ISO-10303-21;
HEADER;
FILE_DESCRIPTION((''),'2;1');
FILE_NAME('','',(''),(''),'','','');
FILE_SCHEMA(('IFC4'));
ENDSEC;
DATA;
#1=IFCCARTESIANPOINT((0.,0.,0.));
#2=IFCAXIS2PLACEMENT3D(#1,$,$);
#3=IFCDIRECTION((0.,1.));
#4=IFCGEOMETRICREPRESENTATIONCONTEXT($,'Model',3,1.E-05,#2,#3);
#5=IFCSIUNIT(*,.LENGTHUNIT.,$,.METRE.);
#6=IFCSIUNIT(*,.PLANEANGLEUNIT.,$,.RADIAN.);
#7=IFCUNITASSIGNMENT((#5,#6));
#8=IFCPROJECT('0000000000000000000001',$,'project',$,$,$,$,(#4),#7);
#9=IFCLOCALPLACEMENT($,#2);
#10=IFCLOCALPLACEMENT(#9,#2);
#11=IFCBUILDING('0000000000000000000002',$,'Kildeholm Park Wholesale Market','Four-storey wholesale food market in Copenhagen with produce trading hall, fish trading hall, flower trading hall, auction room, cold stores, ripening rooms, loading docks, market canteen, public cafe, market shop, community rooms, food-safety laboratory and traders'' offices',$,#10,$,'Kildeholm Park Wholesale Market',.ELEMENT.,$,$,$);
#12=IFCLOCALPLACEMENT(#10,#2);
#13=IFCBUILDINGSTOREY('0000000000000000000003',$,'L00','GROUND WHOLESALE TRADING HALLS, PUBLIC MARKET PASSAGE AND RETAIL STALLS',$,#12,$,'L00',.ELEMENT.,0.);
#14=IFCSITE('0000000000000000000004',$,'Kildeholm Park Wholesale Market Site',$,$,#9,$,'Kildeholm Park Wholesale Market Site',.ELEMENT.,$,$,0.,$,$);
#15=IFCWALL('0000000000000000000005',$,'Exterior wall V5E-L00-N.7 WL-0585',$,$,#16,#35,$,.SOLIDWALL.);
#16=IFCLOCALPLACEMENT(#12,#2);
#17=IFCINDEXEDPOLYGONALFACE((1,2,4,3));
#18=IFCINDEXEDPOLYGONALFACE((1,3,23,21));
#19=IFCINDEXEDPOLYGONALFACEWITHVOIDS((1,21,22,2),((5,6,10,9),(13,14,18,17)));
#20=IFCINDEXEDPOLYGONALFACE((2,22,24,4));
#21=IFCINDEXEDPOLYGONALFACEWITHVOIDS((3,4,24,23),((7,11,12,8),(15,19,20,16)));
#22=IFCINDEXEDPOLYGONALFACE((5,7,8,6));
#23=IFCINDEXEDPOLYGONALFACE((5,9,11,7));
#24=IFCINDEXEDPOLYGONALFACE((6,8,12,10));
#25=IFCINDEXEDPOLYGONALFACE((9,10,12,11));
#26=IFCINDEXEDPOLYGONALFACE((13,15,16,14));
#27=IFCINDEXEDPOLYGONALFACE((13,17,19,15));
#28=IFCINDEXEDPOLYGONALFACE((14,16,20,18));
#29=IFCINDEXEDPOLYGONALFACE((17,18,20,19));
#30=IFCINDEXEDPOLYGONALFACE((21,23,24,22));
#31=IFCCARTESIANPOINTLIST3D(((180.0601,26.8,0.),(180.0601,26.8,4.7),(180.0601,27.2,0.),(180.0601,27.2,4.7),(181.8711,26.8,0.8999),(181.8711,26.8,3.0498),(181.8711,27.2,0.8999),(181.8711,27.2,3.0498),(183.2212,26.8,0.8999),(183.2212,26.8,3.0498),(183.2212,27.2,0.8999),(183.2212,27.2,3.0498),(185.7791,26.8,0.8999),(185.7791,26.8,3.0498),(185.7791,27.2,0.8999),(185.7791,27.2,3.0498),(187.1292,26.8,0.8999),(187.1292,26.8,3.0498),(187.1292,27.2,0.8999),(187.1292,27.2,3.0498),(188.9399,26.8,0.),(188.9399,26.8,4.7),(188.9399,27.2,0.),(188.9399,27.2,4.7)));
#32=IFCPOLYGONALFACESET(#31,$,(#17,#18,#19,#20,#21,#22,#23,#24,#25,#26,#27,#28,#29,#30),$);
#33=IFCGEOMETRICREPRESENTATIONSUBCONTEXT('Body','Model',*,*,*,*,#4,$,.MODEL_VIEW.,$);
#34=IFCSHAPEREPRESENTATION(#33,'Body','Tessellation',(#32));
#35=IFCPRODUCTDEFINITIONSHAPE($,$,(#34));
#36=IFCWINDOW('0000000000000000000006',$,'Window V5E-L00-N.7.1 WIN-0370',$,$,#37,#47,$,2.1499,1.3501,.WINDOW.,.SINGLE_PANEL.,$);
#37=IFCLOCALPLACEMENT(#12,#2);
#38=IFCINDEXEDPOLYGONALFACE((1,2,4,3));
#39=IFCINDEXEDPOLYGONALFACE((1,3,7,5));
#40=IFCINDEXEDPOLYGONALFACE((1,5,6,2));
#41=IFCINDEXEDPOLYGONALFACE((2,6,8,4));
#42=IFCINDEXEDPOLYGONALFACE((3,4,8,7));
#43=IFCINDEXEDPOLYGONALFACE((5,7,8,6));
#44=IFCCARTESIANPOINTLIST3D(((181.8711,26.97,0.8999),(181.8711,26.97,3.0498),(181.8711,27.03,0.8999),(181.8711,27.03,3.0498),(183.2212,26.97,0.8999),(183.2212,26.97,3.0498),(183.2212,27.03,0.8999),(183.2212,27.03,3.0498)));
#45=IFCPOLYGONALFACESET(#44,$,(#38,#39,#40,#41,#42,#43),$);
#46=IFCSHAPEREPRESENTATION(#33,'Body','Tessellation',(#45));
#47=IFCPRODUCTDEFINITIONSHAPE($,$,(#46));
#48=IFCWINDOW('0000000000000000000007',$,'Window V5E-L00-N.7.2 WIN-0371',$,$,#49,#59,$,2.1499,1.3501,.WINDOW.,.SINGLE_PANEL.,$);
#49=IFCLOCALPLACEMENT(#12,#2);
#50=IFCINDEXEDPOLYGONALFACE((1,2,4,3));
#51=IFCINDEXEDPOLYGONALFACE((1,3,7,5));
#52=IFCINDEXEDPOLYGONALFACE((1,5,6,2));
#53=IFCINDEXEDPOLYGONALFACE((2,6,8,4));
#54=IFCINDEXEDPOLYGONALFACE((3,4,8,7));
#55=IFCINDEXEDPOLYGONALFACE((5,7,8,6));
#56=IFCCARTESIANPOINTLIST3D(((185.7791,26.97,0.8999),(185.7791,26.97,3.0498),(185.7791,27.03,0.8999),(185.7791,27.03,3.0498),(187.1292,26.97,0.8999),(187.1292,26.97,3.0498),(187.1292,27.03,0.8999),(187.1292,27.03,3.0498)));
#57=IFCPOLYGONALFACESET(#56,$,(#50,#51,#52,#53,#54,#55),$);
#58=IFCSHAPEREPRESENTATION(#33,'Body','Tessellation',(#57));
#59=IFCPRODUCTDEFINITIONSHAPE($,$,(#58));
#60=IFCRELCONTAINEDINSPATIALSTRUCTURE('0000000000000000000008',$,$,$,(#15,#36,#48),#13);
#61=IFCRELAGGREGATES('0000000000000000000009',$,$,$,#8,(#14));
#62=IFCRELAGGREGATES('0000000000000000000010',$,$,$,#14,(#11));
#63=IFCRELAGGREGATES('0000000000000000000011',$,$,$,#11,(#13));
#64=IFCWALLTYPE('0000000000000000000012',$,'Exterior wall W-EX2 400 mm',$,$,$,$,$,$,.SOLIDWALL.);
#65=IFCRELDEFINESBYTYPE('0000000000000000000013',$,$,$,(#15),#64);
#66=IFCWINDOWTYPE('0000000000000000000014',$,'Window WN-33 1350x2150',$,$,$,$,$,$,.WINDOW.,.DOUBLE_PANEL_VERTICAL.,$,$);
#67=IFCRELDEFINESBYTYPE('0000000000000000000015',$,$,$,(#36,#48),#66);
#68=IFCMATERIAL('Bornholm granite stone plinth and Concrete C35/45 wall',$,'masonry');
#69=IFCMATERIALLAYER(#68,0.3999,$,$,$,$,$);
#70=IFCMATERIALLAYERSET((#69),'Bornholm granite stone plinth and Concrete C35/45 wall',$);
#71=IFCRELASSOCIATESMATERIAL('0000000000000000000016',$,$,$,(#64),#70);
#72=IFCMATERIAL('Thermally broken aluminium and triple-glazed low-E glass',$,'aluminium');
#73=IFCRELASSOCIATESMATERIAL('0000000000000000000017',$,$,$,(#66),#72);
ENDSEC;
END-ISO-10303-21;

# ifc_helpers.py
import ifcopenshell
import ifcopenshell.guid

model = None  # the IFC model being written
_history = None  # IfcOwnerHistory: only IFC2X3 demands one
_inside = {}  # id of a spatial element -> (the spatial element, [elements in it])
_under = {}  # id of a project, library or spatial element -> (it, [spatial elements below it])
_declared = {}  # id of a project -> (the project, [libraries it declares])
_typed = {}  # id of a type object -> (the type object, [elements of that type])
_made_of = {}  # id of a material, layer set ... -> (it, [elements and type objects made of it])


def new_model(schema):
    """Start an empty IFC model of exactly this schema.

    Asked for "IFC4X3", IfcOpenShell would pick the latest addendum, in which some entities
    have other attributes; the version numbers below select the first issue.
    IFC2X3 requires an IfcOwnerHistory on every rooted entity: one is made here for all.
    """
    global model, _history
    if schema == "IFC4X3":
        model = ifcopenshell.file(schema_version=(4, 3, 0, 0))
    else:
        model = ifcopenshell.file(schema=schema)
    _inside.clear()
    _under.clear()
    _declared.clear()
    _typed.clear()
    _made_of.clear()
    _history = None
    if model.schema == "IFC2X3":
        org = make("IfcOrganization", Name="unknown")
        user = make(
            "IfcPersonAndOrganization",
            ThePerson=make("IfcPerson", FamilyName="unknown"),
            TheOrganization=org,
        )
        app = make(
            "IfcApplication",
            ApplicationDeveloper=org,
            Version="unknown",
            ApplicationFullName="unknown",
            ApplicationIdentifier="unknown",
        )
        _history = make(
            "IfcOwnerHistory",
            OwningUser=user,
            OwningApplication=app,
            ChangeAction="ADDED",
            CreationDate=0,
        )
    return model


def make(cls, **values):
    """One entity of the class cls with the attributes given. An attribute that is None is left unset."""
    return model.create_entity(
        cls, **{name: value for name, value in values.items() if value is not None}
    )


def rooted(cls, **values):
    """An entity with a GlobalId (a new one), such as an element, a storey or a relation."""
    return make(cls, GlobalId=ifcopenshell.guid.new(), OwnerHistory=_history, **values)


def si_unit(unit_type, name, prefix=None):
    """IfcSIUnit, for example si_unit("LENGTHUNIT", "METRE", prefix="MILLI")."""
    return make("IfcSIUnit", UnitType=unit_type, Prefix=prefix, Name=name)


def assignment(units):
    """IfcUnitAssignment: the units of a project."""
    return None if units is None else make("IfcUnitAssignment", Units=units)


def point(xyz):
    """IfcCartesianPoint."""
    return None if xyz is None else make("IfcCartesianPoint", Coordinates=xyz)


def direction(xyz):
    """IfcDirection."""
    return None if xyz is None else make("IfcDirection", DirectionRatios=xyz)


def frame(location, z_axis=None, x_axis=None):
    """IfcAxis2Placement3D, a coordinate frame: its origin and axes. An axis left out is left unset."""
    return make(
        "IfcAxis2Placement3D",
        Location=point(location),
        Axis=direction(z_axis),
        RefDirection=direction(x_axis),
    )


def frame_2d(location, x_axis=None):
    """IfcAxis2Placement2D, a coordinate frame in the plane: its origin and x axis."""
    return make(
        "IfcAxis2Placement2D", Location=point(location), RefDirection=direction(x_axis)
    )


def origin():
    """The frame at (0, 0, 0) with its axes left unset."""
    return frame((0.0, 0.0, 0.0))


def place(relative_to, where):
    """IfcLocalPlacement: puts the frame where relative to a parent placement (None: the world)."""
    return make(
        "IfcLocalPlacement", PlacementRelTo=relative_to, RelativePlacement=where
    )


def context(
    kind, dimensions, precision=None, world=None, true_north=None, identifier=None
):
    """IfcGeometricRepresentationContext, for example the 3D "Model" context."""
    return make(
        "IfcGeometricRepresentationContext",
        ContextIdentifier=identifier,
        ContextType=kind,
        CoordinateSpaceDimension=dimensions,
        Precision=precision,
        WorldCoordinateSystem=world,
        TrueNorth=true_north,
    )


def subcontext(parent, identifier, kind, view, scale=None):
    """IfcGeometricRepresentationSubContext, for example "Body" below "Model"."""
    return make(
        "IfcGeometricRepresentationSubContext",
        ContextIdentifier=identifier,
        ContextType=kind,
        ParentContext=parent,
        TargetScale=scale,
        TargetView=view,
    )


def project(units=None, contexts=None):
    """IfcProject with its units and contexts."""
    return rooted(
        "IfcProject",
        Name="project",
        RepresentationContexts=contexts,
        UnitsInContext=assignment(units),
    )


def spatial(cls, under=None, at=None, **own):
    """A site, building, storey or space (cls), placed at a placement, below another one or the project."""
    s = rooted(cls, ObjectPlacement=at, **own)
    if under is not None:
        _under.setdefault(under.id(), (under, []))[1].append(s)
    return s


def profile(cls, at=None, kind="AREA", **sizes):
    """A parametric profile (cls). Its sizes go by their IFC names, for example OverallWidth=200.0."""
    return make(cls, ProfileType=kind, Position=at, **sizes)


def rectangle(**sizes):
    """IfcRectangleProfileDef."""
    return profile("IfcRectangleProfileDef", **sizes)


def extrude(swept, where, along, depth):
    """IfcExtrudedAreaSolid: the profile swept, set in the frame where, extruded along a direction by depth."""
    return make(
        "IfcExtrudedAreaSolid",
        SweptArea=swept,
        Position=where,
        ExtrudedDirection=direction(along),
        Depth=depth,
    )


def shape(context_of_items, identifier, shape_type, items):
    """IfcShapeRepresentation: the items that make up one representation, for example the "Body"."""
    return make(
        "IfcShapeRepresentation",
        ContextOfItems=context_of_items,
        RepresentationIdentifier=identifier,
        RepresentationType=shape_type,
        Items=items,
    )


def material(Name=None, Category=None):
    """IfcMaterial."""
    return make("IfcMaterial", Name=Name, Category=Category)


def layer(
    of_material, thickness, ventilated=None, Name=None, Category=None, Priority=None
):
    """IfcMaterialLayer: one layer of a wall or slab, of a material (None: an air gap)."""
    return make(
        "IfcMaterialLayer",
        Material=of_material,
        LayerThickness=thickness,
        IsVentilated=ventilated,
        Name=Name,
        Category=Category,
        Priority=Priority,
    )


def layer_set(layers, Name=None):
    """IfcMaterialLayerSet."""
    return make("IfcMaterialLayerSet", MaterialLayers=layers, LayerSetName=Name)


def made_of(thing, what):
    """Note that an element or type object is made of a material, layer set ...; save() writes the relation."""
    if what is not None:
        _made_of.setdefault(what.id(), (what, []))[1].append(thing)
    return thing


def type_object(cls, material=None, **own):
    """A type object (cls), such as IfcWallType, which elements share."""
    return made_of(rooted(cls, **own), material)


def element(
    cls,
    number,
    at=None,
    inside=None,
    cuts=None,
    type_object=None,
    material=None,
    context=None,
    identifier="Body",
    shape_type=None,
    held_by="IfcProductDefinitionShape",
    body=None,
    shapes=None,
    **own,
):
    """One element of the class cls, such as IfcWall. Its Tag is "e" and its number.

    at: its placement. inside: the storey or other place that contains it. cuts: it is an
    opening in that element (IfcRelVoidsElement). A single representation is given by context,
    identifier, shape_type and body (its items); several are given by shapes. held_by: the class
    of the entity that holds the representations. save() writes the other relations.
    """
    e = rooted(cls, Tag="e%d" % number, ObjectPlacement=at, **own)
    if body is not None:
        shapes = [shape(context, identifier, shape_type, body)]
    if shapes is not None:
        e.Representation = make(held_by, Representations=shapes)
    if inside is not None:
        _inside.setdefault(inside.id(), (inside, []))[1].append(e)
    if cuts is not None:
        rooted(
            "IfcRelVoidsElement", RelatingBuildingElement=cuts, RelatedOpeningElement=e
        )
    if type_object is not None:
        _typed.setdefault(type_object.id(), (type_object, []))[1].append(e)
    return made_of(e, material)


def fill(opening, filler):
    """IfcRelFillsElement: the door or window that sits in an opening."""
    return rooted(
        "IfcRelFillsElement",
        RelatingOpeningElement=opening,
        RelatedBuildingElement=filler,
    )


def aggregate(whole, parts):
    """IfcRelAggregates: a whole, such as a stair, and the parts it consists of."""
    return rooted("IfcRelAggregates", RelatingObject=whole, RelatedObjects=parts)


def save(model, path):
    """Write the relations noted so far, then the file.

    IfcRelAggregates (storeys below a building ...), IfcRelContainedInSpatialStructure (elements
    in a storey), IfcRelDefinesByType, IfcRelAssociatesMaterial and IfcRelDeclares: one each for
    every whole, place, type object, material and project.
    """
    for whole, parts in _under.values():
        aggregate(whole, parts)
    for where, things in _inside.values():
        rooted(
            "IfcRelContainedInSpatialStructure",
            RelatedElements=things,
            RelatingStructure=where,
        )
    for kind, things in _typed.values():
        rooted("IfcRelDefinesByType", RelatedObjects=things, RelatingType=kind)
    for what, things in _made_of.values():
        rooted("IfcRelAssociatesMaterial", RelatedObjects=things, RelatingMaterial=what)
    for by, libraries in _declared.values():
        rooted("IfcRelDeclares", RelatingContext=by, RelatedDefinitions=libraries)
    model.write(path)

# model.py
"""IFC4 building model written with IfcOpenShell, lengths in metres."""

from ifc_helpers import new_model, si_unit, direction, frame, frame_2d, origin, place, context, subcontext, project, spatial, rectangle, extrude, material, layer, layer_set, type_object, element, fill, save


model = new_model("IFC4")

# Units and contexts
model_context = context("Model", 3, precision=1e-05, world=origin(), true_north=direction((0.0, 1.0)))
body_context = subcontext(model_context, "Body", "Model", "MODEL_VIEW")
ifc_project = project(units=[si_unit("LENGTHUNIT", "METRE"), si_unit("PLANEANGLEUNIT", "RADIAN")], contexts=[model_context])

# Site, building, storey
site_placement = place(None, origin())
site = spatial("IfcSite", under=ifc_project, at=site_placement, Name="Kildeholm Park Wholesale Market Site", LongName="Kildeholm Park Wholesale Market Site", CompositionType="ELEMENT", RefElevation=0.0)
building_placement = place(site_placement, origin())
building = spatial("IfcBuilding", under=site, at=building_placement, Name="Kildeholm Park Wholesale Market", Description="Four-storey wholesale food market in Copenhagen with produce trading hall, fish trading hall, flower trading hall, auction room, cold stores, ripening rooms, loading docks, market canteen, public cafe, market shop, community rooms, food-safety laboratory and traders' offices", LongName="Kildeholm Park Wholesale Market", CompositionType="ELEMENT")
storey_placement = place(building_placement, origin())
storey = spatial("IfcBuildingStorey", under=building, at=storey_placement, Name="L00", Description="GROUND WHOLESALE TRADING HALLS, PUBLIC MARKET PASSAGE AND RETAIL STALLS", LongName="L00", CompositionType="ELEMENT", Elevation=0.0)

# Shared definitions
ifc_material_1 = material(Name="Bornholm granite stone plinth and Concrete C35/45 wall", Category="masonry")
ifc_layer = layer(ifc_material_1, 0.3999)
ifc_layer_set = layer_set([ifc_layer], Name="Bornholm granite stone plinth and Concrete C35/45 wall")
wall_type = type_object("IfcWallType", Name="Exterior wall W-EX2 400 mm", PredefinedType="SOLIDWALL", material=ifc_layer_set)

# Wall, openings, windows
wall_1_placement = place(storey_placement, frame((180.0601, 27.0, 0.0), z_axis=(0.0, 0.0, 1.0), x_axis=(1.0, 0.0, 0.0)))
wall_1 = element("IfcWall", 1, at=wall_1_placement, inside=storey, type_object=wall_type, Name="Exterior wall V5E-L00-N.7 WL-0585", PredefinedType="SOLIDWALL", context=body_context, shape_type="SweptSolid", body=[
    extrude(rectangle(XDim=8.8799, YDim=0.3999, at=frame_2d((4.4399, 0.0))), origin(), (0.0, 0.0, 1.0), 4.7),
])
opening_1_placement = place(wall_1_placement, frame((1.811, 0.0, 0.8999)))
opening_1 = element("IfcOpeningElement", 2, at=opening_1_placement, cuts=wall_1, PredefinedType="OPENING", context=body_context, shape_type="SweptSolid", body=[
    extrude(rectangle(XDim=1.3501, YDim=2.1499, at=frame_2d((0.675, 1.075))), frame((0.0, 0.21, 0.0), z_axis=(0.0, -1.0, 0.0), x_axis=(1.0, 0.0, 0.0)), (0.0, 0.0, 1.0), 0.4199),
])
opening_2_placement = place(wall_1_placement, frame((5.719, 0.0, 0.8999)))
opening_2 = element("IfcOpeningElement", 3, at=opening_2_placement, cuts=wall_1, PredefinedType="OPENING", context=body_context, shape_type="SweptSolid", body=[
    extrude(rectangle(XDim=1.3501, YDim=2.1499, at=frame_2d((0.675, 1.075))), frame((0.0, 0.21, 0.0), z_axis=(0.0, -1.0, 0.0), x_axis=(1.0, 0.0, 0.0)), (0.0, 0.0, 1.0), 0.4199),
])
ifc_material_2 = material(Name="Thermally broken aluminium and triple-glazed low-E glass", Category="aluminium")
window_type = type_object("IfcWindowType", Name="Window WN-33 1350x2150", PartitioningType="DOUBLE_PANEL_VERTICAL", PredefinedType="WINDOW", material=ifc_material_2)
window_1_placement = place(opening_1_placement, origin())
window_1 = element("IfcWindow", 4, at=window_1_placement, inside=storey, type_object=window_type, Name="Window V5E-L00-N.7.1 WIN-0370", OverallHeight=2.1499, OverallWidth=1.3501, PartitioningType="SINGLE_PANEL", PredefinedType="WINDOW", context=body_context, shape_type="SweptSolid", body=[
    extrude(rectangle(XDim=1.3501, YDim=2.1499, at=frame_2d((0.675, 1.075))), frame((0.0, 0.03, 0.0), z_axis=(0.0, -1.0, 0.0), x_axis=(1.0, 0.0, 0.0)), (0.0, 0.0, 1.0), 0.0601),
])
fill(opening_1, window_1)
window_2_placement = place(opening_2_placement, origin())
window_2 = element("IfcWindow", 5, at=window_2_placement, inside=storey, type_object=window_type, Name="Window V5E-L00-N.7.2 WIN-0371", OverallHeight=2.1499, OverallWidth=1.3501, PartitioningType="SINGLE_PANEL", PredefinedType="WINDOW", context=body_context, shape_type="SweptSolid", body=[
    extrude(rectangle(XDim=1.3501, YDim=2.1499, at=frame_2d((0.675, 1.075))), frame((0.0, 0.03, 0.0), z_axis=(0.0, -1.0, 0.0), x_axis=(1.0, 0.0, 0.0)), (0.0, 0.0, 1.0), 0.0601),
])
fill(opening_2, window_2)

save(model, "model.ifc")
